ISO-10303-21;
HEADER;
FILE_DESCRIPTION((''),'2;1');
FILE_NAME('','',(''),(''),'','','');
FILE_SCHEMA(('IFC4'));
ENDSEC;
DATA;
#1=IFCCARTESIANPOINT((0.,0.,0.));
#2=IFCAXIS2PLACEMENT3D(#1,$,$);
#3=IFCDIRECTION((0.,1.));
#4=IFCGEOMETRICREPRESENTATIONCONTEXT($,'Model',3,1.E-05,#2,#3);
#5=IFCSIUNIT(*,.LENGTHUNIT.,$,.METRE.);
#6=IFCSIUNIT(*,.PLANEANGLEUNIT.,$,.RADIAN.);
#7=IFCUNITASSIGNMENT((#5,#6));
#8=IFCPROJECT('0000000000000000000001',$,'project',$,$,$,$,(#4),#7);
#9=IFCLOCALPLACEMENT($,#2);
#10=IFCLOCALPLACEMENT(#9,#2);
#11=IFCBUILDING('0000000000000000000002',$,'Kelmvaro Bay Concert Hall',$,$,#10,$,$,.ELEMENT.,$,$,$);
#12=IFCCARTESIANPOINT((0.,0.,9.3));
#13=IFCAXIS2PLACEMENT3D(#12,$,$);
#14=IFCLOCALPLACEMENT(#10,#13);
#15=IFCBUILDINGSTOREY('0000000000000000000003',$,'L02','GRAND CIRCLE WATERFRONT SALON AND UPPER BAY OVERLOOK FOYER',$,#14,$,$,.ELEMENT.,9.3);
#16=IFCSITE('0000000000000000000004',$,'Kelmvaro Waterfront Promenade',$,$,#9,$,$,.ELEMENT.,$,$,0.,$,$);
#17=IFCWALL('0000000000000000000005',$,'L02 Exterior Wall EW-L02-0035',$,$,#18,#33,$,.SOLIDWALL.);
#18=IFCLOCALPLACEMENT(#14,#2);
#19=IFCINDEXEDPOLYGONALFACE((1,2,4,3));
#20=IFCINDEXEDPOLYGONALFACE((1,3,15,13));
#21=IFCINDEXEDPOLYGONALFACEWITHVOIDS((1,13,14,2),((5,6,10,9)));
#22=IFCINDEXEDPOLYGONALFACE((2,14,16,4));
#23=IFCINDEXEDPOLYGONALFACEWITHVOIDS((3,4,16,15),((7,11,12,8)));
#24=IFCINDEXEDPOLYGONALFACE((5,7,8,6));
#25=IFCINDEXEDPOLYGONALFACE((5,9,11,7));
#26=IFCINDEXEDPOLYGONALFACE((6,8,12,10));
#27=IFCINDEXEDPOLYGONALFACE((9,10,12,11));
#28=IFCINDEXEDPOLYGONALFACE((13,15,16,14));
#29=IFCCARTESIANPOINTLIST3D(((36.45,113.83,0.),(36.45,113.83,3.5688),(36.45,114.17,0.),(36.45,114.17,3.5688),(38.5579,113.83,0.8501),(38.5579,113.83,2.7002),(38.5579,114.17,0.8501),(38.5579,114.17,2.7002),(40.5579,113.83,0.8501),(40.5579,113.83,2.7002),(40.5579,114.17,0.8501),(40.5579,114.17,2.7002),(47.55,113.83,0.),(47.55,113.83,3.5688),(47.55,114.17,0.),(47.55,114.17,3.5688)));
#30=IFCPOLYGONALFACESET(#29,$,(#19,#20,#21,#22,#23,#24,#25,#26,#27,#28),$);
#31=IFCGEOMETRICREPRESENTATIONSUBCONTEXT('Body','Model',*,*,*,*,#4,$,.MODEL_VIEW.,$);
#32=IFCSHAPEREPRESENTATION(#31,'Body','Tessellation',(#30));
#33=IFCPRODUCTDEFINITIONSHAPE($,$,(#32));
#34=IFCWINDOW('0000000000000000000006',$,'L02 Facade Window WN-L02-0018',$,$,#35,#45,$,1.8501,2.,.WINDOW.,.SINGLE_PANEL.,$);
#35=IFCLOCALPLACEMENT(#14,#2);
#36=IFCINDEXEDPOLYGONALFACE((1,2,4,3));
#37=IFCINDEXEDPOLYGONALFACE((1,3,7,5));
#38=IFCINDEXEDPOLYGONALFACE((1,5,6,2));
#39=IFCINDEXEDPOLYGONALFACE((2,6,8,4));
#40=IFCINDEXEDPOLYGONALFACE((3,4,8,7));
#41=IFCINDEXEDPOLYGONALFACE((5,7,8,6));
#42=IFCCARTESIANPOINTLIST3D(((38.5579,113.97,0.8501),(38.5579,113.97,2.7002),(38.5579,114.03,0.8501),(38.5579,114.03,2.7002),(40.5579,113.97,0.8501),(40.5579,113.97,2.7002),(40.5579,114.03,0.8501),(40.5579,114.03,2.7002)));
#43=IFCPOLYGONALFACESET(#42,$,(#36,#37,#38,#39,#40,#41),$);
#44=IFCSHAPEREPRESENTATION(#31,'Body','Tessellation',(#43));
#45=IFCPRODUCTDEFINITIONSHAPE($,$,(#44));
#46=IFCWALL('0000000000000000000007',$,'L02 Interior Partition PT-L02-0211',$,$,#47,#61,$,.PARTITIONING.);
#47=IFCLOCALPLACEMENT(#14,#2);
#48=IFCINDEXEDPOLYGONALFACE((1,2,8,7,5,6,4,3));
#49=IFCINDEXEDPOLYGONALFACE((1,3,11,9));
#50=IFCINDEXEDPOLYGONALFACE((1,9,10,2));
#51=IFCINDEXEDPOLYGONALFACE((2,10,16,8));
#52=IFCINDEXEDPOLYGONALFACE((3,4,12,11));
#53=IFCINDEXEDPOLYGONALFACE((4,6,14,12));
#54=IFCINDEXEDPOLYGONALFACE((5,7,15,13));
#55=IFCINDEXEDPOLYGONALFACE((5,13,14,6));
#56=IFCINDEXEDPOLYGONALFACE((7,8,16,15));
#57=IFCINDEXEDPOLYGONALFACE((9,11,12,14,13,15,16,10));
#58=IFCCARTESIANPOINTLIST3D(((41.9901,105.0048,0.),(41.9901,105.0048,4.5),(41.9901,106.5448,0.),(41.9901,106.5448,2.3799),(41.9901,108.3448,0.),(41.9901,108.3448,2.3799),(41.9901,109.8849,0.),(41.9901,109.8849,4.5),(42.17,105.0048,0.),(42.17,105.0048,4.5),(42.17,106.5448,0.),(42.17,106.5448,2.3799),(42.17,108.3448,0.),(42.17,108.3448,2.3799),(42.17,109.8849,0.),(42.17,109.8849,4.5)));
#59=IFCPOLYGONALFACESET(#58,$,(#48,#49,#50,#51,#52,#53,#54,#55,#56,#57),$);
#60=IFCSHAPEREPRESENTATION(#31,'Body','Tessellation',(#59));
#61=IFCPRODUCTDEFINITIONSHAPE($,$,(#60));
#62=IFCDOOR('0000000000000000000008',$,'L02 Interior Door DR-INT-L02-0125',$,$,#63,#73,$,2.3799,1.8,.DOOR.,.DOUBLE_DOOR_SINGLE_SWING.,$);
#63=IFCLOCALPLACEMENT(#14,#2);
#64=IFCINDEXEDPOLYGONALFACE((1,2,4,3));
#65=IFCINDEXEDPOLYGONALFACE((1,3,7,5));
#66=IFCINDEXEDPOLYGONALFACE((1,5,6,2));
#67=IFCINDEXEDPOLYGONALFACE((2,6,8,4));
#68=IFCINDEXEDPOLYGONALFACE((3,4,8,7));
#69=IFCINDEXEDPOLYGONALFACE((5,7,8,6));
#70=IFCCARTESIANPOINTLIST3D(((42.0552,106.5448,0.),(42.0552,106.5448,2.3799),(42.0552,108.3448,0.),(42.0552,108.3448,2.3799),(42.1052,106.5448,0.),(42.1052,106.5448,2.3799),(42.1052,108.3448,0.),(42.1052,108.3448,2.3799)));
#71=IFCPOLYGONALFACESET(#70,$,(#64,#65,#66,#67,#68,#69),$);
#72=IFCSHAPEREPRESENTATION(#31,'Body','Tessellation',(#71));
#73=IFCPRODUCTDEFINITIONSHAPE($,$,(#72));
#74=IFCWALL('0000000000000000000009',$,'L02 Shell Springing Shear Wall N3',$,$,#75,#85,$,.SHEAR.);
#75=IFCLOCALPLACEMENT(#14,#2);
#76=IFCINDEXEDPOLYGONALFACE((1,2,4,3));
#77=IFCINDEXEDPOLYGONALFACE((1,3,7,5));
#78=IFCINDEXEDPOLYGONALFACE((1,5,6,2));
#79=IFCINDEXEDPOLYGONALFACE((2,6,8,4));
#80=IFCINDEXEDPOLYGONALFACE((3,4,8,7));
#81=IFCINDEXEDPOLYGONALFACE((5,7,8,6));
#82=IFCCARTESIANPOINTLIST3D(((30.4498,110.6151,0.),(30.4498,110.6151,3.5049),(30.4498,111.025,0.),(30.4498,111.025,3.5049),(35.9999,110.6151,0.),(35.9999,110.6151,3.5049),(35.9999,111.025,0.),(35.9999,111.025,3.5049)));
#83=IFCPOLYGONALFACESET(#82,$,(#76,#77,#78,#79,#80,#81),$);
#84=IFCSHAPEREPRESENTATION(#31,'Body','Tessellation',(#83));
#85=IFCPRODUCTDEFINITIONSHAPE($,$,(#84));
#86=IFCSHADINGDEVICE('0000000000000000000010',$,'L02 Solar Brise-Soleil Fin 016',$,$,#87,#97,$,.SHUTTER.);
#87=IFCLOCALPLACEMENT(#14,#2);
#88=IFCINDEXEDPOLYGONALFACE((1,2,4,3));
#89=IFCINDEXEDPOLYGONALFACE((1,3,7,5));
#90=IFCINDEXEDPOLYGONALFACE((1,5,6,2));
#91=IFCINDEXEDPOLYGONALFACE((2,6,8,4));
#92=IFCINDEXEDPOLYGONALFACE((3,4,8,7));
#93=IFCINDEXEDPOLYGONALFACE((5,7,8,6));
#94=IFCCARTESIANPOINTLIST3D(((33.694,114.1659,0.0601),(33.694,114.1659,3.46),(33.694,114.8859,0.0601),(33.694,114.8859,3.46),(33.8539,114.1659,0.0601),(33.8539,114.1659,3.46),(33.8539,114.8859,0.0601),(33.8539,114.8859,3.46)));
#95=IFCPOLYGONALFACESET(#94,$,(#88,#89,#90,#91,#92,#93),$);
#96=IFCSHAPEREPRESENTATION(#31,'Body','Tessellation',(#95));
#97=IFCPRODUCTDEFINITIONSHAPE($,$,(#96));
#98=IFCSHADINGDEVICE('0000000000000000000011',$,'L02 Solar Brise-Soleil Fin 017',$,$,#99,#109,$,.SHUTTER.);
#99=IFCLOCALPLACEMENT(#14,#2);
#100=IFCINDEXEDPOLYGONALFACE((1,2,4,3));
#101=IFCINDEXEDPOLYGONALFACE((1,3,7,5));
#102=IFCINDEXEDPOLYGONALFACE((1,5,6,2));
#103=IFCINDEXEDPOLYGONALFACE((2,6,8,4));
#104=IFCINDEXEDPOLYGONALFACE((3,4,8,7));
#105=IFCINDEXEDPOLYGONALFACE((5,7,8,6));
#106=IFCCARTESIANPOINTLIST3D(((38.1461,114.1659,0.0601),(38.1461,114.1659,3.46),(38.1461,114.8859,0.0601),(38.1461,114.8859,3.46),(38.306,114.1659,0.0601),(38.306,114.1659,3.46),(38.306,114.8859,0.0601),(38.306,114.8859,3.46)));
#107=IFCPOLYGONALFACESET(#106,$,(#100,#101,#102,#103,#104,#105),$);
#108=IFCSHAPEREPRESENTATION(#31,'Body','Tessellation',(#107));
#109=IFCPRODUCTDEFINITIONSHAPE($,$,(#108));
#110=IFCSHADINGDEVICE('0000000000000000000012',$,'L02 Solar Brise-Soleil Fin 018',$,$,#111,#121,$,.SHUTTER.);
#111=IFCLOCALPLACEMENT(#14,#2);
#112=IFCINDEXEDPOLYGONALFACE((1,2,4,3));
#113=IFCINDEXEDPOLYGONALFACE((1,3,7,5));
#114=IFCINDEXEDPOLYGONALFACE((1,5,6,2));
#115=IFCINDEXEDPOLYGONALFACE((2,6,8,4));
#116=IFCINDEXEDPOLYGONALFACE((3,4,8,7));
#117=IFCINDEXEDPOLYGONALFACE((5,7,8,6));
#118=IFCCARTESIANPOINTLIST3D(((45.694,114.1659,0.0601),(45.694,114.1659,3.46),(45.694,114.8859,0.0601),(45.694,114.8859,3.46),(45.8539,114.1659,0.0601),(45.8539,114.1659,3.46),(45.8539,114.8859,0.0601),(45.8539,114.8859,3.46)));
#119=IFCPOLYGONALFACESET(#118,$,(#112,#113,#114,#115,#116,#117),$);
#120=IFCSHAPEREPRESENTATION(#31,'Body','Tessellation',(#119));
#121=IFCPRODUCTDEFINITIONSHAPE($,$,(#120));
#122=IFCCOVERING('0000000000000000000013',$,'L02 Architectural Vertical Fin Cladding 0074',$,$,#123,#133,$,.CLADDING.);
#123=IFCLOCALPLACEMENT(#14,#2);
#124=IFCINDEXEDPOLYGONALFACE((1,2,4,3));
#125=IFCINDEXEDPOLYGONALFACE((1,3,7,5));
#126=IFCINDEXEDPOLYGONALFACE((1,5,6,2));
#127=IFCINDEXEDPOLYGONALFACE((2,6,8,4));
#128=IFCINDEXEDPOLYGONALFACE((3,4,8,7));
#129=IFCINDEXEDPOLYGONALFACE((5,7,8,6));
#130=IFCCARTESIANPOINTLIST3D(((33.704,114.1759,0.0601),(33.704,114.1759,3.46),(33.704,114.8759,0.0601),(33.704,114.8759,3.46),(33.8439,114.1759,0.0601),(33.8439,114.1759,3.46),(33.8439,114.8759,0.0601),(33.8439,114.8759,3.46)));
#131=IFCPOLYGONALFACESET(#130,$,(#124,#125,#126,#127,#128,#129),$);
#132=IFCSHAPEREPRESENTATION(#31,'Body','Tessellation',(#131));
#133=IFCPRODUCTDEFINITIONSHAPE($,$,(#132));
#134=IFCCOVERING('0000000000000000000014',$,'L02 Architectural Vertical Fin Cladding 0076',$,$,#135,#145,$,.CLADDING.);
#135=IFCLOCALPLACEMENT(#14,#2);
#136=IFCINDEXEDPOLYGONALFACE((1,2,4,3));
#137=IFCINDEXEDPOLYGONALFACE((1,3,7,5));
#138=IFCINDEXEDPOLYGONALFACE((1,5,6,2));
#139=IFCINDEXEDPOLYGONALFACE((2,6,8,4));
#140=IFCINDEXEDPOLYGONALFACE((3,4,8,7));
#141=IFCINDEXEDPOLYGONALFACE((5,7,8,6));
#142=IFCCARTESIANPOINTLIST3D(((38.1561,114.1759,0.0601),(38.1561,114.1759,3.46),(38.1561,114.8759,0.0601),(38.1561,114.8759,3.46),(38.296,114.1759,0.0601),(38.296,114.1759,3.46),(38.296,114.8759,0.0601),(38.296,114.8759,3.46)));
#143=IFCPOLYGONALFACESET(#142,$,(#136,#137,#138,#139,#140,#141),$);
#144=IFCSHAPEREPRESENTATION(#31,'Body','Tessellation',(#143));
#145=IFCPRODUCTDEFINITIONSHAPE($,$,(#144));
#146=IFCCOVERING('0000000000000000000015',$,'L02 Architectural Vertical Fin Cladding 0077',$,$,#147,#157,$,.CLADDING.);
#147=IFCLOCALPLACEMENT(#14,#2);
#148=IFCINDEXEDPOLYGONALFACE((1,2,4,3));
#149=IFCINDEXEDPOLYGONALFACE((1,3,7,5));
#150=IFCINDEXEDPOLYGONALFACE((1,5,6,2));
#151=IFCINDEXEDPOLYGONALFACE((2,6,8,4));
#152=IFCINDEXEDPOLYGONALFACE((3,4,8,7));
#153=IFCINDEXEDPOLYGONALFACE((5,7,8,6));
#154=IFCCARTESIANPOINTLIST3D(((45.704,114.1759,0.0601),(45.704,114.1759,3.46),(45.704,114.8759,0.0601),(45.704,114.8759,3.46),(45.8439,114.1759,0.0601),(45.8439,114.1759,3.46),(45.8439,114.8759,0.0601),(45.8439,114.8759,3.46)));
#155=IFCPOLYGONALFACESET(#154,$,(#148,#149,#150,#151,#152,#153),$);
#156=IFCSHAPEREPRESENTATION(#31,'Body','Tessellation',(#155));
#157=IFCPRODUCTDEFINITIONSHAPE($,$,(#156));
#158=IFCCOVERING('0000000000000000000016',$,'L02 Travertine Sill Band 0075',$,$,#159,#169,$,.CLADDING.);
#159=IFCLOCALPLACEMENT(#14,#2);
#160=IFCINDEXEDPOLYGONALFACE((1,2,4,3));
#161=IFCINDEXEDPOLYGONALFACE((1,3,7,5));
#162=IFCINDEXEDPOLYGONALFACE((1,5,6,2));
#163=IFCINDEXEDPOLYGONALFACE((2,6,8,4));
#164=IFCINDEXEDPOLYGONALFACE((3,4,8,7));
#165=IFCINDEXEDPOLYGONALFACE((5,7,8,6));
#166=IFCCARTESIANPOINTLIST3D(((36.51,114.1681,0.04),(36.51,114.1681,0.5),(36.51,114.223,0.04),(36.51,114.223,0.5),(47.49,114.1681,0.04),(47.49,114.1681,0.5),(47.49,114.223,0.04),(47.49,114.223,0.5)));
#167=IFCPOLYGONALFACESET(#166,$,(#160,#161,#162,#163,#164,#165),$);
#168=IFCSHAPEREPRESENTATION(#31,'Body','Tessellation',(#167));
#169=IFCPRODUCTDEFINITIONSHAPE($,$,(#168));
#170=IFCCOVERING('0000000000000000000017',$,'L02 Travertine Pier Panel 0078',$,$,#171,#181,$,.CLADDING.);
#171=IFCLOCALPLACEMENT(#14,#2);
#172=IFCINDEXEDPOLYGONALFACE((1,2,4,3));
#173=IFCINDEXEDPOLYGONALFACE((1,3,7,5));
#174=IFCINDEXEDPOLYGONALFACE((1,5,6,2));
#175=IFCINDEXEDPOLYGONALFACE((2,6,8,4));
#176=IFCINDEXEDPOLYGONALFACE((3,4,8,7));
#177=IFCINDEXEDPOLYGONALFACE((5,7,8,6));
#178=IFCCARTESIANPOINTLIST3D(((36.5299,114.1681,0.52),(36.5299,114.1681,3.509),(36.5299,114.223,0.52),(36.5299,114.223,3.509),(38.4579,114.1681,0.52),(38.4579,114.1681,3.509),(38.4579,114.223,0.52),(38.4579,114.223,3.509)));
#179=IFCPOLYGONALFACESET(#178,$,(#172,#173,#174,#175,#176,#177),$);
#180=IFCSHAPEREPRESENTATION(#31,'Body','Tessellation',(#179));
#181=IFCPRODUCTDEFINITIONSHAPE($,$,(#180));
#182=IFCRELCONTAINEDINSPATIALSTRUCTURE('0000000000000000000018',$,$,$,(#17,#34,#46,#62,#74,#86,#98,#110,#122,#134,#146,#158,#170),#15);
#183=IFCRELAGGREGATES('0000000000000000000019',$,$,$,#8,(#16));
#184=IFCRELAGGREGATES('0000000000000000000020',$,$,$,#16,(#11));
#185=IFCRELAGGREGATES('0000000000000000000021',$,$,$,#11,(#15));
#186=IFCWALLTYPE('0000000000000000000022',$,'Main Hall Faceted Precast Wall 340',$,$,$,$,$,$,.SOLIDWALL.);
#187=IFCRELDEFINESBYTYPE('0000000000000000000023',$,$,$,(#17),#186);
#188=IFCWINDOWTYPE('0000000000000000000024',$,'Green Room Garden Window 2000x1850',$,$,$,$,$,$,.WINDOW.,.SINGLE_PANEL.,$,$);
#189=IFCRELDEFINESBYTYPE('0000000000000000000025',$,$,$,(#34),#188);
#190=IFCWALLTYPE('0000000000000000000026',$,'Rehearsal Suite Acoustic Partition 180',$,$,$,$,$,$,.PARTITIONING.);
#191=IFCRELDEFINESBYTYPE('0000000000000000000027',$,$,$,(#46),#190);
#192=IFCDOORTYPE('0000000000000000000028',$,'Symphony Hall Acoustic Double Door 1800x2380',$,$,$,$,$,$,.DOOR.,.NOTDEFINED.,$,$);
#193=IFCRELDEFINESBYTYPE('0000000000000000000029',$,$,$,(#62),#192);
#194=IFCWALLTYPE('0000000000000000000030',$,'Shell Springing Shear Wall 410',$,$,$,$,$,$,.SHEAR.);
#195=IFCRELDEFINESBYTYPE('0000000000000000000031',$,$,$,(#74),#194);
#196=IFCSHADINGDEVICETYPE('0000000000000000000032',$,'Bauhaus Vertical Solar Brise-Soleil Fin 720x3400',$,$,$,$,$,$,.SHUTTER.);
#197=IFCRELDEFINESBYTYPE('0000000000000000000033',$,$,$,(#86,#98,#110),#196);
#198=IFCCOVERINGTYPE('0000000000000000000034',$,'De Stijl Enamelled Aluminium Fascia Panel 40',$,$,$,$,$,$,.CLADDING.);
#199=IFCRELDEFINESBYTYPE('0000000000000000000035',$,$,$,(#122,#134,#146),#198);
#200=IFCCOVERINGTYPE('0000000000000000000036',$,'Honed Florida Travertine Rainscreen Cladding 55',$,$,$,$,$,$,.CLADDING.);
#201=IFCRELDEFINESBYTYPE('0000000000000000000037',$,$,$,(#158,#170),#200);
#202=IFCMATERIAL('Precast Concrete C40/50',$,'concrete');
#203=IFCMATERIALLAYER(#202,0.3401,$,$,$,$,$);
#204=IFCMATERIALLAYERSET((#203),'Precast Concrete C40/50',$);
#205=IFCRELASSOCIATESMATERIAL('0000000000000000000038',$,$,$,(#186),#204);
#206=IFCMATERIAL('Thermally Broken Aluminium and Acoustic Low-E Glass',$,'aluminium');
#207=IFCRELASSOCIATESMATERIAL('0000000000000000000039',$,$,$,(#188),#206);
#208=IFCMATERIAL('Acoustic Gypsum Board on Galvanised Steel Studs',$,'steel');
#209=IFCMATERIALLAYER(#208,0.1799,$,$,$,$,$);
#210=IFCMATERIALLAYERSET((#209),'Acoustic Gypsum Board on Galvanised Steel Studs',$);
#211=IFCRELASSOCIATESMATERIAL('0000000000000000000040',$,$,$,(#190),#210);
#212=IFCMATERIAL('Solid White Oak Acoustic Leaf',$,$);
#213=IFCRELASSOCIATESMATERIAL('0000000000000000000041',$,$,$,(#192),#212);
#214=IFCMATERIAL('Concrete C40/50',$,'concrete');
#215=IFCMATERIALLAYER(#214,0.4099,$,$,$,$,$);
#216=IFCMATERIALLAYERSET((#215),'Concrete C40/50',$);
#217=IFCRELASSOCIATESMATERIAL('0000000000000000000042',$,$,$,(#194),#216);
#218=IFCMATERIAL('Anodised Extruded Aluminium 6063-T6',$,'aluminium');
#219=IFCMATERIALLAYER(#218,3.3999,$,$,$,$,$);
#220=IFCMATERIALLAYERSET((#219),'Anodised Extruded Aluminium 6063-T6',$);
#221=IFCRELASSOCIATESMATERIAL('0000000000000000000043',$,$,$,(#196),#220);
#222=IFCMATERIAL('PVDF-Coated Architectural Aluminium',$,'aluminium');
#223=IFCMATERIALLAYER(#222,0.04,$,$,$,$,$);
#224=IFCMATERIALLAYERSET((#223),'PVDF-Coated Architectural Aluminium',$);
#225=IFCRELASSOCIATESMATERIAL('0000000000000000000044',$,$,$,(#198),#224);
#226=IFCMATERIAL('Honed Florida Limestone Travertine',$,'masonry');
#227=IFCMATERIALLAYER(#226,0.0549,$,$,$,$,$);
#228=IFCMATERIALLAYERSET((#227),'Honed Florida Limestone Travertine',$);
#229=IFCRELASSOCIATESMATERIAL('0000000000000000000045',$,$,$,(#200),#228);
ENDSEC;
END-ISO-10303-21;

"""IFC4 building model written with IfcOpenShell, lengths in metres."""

from ifc_helpers import new_model, si_unit, direction, frame, frame_2d, origin, origin_2d, place, context, subcontext, project, spatial, rectangle, extrude, material, layer, layer_set, type_object, element, fill, save


model = new_model("IFC4")

# Units and contexts
model_context = context("Model", 3, precision=1e-05, world=origin(), true_north=direction((0.0, 1.0)))
body_context = subcontext(model_context, "Body", "Model", "MODEL_VIEW")
ifc_project = project(units=[si_unit("LENGTHUNIT", "METRE"), si_unit("PLANEANGLEUNIT", "RADIAN")], contexts=[model_context])

# Site, building, storey
site_placement = place(None, origin())
site = spatial("IfcSite", under=ifc_project, at=site_placement, Name="Kelmvaro Waterfront Promenade", CompositionType="ELEMENT", RefElevation=0.0)
building_placement = place(site_placement, origin())
building = spatial("IfcBuilding", under=site, at=building_placement, Name="Kelmvaro Bay Concert Hall", CompositionType="ELEMENT")
storey_placement = place(building_placement, frame((0.0, 0.0, 9.3)))
storey = spatial("IfcBuildingStorey", under=building, at=storey_placement, Name="L02", Description="GRAND CIRCLE WATERFRONT SALON AND UPPER BAY OVERLOOK FOYER", CompositionType="ELEMENT", Elevation=9.3)

# Wall, opening, window
ifc_material_1 = material(Name="Precast Concrete C40/50", Category="concrete")
ifc_layer_1 = layer(ifc_material_1, 0.3401)
ifc_layer_set_1 = layer_set([ifc_layer_1], Name="Precast Concrete C40/50")
wall_type_1 = type_object("IfcWallType", Name="Main Hall Faceted Precast Wall 340", PredefinedType="SOLIDWALL", material=ifc_layer_set_1)
wall_1_placement = place(storey_placement, frame((36.45, 114.0, 0.0), z_axis=(0.0, 0.0, 1.0), x_axis=(1.0, 0.0, 0.0)))
wall_1 = element("IfcWall", 1, at=wall_1_placement, inside=storey, type_object=wall_type_1, Name="L02 Exterior Wall EW-L02-0035", PredefinedType="SOLIDWALL", context=body_context, shape_type="SweptSolid", body=[
    extrude(rectangle(XDim=11.1001, YDim=0.3401, at=frame_2d((5.55, 0.0))), origin(), (0.0, 0.0, 1.0), 3.5688),
])
opening_1_placement = place(wall_1_placement, frame((2.1079, 0.0, 0.8501)))
opening_1 = element("IfcOpeningElement", 2, at=opening_1_placement, cuts=wall_1, PredefinedType="OPENING", context=body_context, shape_type="SweptSolid", body=[
    extrude(rectangle(XDim=2.0, YDim=1.8501, at=frame_2d((1.0, 0.925))), frame((0.0, 0.1799, 0.0), z_axis=(0.0, -1.0, 0.0), x_axis=(1.0, 0.0, 0.0)), (0.0, 0.0, 1.0), 0.3601),
])
ifc_material_2 = material(Name="Thermally Broken Aluminium and Acoustic Low-E Glass", Category="aluminium")
window_type = type_object("IfcWindowType", Name="Green Room Garden Window 2000x1850", PartitioningType="SINGLE_PANEL", PredefinedType="WINDOW", material=ifc_material_2)
window_placement = place(opening_1_placement, origin())
window = element("IfcWindow", 3, at=window_placement, inside=storey, type_object=window_type, Name="L02 Facade Window WN-L02-0018", OverallHeight=1.8501, OverallWidth=2.0, PartitioningType="SINGLE_PANEL", PredefinedType="WINDOW", context=body_context, shape_type="SweptSolid", body=[
    extrude(rectangle(XDim=2.0, YDim=1.8501, at=frame_2d((1.0, 0.925))), frame((0.0, 0.03, 0.0), z_axis=(0.0, -1.0, 0.0), x_axis=(1.0, 0.0, 0.0)), (0.0, 0.0, 1.0), 0.0601),
])
fill(opening_1, window)

# Wall, opening, door
ifc_material_3 = material(Name="Acoustic Gypsum Board on Galvanised Steel Studs", Category="steel")
ifc_layer_2 = layer(ifc_material_3, 0.1799)
ifc_layer_set_2 = layer_set([ifc_layer_2], Name="Acoustic Gypsum Board on Galvanised Steel Studs")
wall_type_2 = type_object("IfcWallType", Name="Rehearsal Suite Acoustic Partition 180", PredefinedType="PARTITIONING", material=ifc_layer_set_2)
wall_2_placement = place(storey_placement, frame((42.0801, 105.0049, 0.0), z_axis=(0.0, 0.0, 1.0), x_axis=(0.0, 1.0, 0.0)))
wall_2 = element("IfcWall", 4, at=wall_2_placement, inside=storey, type_object=wall_type_2, Name="L02 Interior Partition PT-L02-0211", PredefinedType="PARTITIONING", context=body_context, shape_type="SweptSolid", body=[
    extrude(rectangle(XDim=4.8801, YDim=0.1799, at=frame_2d((2.4399, 0.0))), origin(), (0.0, 0.0, 1.0), 4.5),
])
opening_2_placement = place(wall_2_placement, frame((1.54, 0.0, 0.0)))
opening_2 = element("IfcOpeningElement", 5, at=opening_2_placement, cuts=wall_2, PredefinedType="OPENING", context=body_context, shape_type="SweptSolid", body=[
    extrude(rectangle(XDim=1.8, YDim=2.3799, at=frame_2d((0.8999, 1.1899))), frame((0.0, 0.0999, 0.0), z_axis=(0.0, -1.0, 0.0), x_axis=(1.0, 0.0, 0.0)), (0.0, 0.0, 1.0), 0.2),
])
ifc_material_4 = material(Name="Solid White Oak Acoustic Leaf")
door_type_1 = type_object("IfcDoorType", Name="Symphony Hall Acoustic Double Door 1800x2380", OperationType="NOTDEFINED", PredefinedType="DOOR", material=ifc_material_4)
door_1_placement = place(opening_2_placement, origin())
door_1 = element("IfcDoor", 6, at=door_1_placement, inside=storey, type_object=door_type_1, Name="L02 Interior Door DR-INT-L02-0125", OperationType="DOUBLE_DOOR_SINGLE_SWING", OverallHeight=2.3799, OverallWidth=1.8, PredefinedType="DOOR", context=body_context, shape_type="SweptSolid", body=[
    extrude(rectangle(XDim=1.8, YDim=2.3799, at=frame_2d((0.8999, 1.1899))), frame((0.0, 0.0249, 0.0), z_axis=(0.0, -1.0, 0.0), x_axis=(1.0, 0.0, 0.0)), (0.0, 0.0, 1.0), 0.05),
])
fill(opening_2, door_1)

# Wall
ifc_material_5 = material(Name="Concrete C40/50", Category="concrete")
ifc_layer_3 = layer(ifc_material_5, 0.4099)
ifc_layer_set_3 = layer_set([ifc_layer_3], Name="Concrete C40/50")
wall_type_3 = type_object("IfcWallType", Name="Shell Springing Shear Wall 410", PredefinedType="SHEAR", material=ifc_layer_set_3)
wall_3_placement = place(storey_placement, frame((30.45, 110.8201, 0.0), z_axis=(0.0, 0.0, 1.0), x_axis=(1.0, 0.0, 0.0)))
element("IfcWall", 7, at=wall_3_placement, inside=storey, type_object=wall_type_3, Name="L02 Shell Springing Shear Wall N3", PredefinedType="SHEAR", context=body_context, shape_type="SweptSolid", body=[
    extrude(rectangle(XDim=5.55, YDim=0.4099, at=frame_2d((2.7749, 0.0))), origin(), (0.0, 0.0, 1.0), 3.5049),
])

# Shading devices
ifc_material_6 = material(Name="Anodised Extruded Aluminium 6063-T6", Category="aluminium")
ifc_layer_4 = layer(ifc_material_6, 3.3999)
ifc_layer_set_4 = layer_set([ifc_layer_4], Name="Anodised Extruded Aluminium 6063-T6")
shading_device_type = type_object("IfcShadingDeviceType", Name="Bauhaus Vertical Solar Brise-Soleil Fin 720x3400", PredefinedType="SHUTTER", material=ifc_layer_set_4)
for number, where, z_axis, x_axis, name in (
    (8, (33.7739, 114.5259, 0.0601), (0.0, 0.0, 1.0), (1.0, 0.0, 0.0), "L02 Solar Brise-Soleil Fin 016"),
    (9, (38.2261, 114.5259, 0.0601), (0.0, 0.0, 1.0), (1.0, 0.0, 0.0), "L02 Solar Brise-Soleil Fin 017"),
    (10, (45.7739, 114.5259, 0.0601), (0.0, 0.0, 1.0), (1.0, 0.0, 0.0), "L02 Solar Brise-Soleil Fin 018"),
):
    element("IfcShadingDevice", number, at=place(storey_placement, frame(where, z_axis=z_axis, x_axis=x_axis)), inside=storey, type_object=shading_device_type, Name=name, PredefinedType="SHUTTER", context=body_context, shape_type="SweptSolid", body=[
        extrude(rectangle(XDim=0.1599, YDim=0.72, at=origin_2d()), origin(), (0.0, 0.0, 1.0), 3.3999),
    ])

# Coverings
ifc_material_7 = material(Name="PVDF-Coated Architectural Aluminium", Category="aluminium")
ifc_layer_5 = layer(ifc_material_7, 0.04)
ifc_layer_set_5 = layer_set([ifc_layer_5], Name="PVDF-Coated Architectural Aluminium")
covering_type_1 = type_object("IfcCoveringType", Name="De Stijl Enamelled Aluminium Fascia Panel 40", PredefinedType="CLADDING", material=ifc_layer_set_5)
for number, where, z_axis, x_axis, name in (
    (11, (33.7739, 114.5259, 0.0601), (0.0, 0.0, 1.0), (1.0, 0.0, 0.0), "L02 Architectural Vertical Fin Cladding 0074"),
    (12, (38.2261, 114.5259, 0.0601), (0.0, 0.0, 1.0), (1.0, 0.0, 0.0), "L02 Architectural Vertical Fin Cladding 0076"),
    (13, (45.7739, 114.5259, 0.0601), (0.0, 0.0, 1.0), (1.0, 0.0, 0.0), "L02 Architectural Vertical Fin Cladding 0077"),
):
    element("IfcCovering", number, at=place(storey_placement, frame(where, z_axis=z_axis, x_axis=x_axis)), inside=storey, type_object=covering_type_1, Name=name, PredefinedType="CLADDING", context=body_context, shape_type="SweptSolid", body=[
        extrude(rectangle(XDim=0.1399, YDim=0.7, at=origin_2d()), origin(), (0.0, 0.0, 1.0), 3.3999),
    ])
ifc_material_8 = material(Name="Honed Florida Limestone Travertine", Category="masonry")
ifc_layer_6 = layer(ifc_material_8, 0.0549)
ifc_layer_set_6 = layer_set([ifc_layer_6], Name="Honed Florida Limestone Travertine")
covering_type_2 = type_object("IfcCoveringType", Name="Honed Florida Travertine Rainscreen Cladding 55", PredefinedType="CLADDING", material=ifc_layer_set_6)
covering_1_placement = place(storey_placement, frame((42.0, 114.1956, 0.04), z_axis=(0.0, 0.0, 1.0), x_axis=(1.0, 0.0, 0.0)))
element("IfcCovering", 14, at=covering_1_placement, inside=storey, type_object=covering_type_2, Name="L02 Travertine Sill Band 0075", PredefinedType="CLADDING", context=body_context, shape_type="SweptSolid", body=[
    extrude(rectangle(XDim=10.98, YDim=0.0549, at=origin_2d()), origin(), (0.0, 0.0, 1.0), 0.46),
])
covering_2_placement = place(storey_placement, frame((37.4939, 114.1956, 0.52), z_axis=(0.0, 0.0, 1.0), x_axis=(1.0, 0.0, 0.0)))
element("IfcCovering", 15, at=covering_2_placement, inside=storey, type_object=covering_type_2, Name="L02 Travertine Pier Panel 0078", PredefinedType="CLADDING", context=body_context, shape_type="SweptSolid", body=[
    extrude(rectangle(XDim=1.928, YDim=0.0549, at=origin_2d()), origin(), (0.0, 0.0, 1.0), 2.989),
])

save(model, "model.ifc")
